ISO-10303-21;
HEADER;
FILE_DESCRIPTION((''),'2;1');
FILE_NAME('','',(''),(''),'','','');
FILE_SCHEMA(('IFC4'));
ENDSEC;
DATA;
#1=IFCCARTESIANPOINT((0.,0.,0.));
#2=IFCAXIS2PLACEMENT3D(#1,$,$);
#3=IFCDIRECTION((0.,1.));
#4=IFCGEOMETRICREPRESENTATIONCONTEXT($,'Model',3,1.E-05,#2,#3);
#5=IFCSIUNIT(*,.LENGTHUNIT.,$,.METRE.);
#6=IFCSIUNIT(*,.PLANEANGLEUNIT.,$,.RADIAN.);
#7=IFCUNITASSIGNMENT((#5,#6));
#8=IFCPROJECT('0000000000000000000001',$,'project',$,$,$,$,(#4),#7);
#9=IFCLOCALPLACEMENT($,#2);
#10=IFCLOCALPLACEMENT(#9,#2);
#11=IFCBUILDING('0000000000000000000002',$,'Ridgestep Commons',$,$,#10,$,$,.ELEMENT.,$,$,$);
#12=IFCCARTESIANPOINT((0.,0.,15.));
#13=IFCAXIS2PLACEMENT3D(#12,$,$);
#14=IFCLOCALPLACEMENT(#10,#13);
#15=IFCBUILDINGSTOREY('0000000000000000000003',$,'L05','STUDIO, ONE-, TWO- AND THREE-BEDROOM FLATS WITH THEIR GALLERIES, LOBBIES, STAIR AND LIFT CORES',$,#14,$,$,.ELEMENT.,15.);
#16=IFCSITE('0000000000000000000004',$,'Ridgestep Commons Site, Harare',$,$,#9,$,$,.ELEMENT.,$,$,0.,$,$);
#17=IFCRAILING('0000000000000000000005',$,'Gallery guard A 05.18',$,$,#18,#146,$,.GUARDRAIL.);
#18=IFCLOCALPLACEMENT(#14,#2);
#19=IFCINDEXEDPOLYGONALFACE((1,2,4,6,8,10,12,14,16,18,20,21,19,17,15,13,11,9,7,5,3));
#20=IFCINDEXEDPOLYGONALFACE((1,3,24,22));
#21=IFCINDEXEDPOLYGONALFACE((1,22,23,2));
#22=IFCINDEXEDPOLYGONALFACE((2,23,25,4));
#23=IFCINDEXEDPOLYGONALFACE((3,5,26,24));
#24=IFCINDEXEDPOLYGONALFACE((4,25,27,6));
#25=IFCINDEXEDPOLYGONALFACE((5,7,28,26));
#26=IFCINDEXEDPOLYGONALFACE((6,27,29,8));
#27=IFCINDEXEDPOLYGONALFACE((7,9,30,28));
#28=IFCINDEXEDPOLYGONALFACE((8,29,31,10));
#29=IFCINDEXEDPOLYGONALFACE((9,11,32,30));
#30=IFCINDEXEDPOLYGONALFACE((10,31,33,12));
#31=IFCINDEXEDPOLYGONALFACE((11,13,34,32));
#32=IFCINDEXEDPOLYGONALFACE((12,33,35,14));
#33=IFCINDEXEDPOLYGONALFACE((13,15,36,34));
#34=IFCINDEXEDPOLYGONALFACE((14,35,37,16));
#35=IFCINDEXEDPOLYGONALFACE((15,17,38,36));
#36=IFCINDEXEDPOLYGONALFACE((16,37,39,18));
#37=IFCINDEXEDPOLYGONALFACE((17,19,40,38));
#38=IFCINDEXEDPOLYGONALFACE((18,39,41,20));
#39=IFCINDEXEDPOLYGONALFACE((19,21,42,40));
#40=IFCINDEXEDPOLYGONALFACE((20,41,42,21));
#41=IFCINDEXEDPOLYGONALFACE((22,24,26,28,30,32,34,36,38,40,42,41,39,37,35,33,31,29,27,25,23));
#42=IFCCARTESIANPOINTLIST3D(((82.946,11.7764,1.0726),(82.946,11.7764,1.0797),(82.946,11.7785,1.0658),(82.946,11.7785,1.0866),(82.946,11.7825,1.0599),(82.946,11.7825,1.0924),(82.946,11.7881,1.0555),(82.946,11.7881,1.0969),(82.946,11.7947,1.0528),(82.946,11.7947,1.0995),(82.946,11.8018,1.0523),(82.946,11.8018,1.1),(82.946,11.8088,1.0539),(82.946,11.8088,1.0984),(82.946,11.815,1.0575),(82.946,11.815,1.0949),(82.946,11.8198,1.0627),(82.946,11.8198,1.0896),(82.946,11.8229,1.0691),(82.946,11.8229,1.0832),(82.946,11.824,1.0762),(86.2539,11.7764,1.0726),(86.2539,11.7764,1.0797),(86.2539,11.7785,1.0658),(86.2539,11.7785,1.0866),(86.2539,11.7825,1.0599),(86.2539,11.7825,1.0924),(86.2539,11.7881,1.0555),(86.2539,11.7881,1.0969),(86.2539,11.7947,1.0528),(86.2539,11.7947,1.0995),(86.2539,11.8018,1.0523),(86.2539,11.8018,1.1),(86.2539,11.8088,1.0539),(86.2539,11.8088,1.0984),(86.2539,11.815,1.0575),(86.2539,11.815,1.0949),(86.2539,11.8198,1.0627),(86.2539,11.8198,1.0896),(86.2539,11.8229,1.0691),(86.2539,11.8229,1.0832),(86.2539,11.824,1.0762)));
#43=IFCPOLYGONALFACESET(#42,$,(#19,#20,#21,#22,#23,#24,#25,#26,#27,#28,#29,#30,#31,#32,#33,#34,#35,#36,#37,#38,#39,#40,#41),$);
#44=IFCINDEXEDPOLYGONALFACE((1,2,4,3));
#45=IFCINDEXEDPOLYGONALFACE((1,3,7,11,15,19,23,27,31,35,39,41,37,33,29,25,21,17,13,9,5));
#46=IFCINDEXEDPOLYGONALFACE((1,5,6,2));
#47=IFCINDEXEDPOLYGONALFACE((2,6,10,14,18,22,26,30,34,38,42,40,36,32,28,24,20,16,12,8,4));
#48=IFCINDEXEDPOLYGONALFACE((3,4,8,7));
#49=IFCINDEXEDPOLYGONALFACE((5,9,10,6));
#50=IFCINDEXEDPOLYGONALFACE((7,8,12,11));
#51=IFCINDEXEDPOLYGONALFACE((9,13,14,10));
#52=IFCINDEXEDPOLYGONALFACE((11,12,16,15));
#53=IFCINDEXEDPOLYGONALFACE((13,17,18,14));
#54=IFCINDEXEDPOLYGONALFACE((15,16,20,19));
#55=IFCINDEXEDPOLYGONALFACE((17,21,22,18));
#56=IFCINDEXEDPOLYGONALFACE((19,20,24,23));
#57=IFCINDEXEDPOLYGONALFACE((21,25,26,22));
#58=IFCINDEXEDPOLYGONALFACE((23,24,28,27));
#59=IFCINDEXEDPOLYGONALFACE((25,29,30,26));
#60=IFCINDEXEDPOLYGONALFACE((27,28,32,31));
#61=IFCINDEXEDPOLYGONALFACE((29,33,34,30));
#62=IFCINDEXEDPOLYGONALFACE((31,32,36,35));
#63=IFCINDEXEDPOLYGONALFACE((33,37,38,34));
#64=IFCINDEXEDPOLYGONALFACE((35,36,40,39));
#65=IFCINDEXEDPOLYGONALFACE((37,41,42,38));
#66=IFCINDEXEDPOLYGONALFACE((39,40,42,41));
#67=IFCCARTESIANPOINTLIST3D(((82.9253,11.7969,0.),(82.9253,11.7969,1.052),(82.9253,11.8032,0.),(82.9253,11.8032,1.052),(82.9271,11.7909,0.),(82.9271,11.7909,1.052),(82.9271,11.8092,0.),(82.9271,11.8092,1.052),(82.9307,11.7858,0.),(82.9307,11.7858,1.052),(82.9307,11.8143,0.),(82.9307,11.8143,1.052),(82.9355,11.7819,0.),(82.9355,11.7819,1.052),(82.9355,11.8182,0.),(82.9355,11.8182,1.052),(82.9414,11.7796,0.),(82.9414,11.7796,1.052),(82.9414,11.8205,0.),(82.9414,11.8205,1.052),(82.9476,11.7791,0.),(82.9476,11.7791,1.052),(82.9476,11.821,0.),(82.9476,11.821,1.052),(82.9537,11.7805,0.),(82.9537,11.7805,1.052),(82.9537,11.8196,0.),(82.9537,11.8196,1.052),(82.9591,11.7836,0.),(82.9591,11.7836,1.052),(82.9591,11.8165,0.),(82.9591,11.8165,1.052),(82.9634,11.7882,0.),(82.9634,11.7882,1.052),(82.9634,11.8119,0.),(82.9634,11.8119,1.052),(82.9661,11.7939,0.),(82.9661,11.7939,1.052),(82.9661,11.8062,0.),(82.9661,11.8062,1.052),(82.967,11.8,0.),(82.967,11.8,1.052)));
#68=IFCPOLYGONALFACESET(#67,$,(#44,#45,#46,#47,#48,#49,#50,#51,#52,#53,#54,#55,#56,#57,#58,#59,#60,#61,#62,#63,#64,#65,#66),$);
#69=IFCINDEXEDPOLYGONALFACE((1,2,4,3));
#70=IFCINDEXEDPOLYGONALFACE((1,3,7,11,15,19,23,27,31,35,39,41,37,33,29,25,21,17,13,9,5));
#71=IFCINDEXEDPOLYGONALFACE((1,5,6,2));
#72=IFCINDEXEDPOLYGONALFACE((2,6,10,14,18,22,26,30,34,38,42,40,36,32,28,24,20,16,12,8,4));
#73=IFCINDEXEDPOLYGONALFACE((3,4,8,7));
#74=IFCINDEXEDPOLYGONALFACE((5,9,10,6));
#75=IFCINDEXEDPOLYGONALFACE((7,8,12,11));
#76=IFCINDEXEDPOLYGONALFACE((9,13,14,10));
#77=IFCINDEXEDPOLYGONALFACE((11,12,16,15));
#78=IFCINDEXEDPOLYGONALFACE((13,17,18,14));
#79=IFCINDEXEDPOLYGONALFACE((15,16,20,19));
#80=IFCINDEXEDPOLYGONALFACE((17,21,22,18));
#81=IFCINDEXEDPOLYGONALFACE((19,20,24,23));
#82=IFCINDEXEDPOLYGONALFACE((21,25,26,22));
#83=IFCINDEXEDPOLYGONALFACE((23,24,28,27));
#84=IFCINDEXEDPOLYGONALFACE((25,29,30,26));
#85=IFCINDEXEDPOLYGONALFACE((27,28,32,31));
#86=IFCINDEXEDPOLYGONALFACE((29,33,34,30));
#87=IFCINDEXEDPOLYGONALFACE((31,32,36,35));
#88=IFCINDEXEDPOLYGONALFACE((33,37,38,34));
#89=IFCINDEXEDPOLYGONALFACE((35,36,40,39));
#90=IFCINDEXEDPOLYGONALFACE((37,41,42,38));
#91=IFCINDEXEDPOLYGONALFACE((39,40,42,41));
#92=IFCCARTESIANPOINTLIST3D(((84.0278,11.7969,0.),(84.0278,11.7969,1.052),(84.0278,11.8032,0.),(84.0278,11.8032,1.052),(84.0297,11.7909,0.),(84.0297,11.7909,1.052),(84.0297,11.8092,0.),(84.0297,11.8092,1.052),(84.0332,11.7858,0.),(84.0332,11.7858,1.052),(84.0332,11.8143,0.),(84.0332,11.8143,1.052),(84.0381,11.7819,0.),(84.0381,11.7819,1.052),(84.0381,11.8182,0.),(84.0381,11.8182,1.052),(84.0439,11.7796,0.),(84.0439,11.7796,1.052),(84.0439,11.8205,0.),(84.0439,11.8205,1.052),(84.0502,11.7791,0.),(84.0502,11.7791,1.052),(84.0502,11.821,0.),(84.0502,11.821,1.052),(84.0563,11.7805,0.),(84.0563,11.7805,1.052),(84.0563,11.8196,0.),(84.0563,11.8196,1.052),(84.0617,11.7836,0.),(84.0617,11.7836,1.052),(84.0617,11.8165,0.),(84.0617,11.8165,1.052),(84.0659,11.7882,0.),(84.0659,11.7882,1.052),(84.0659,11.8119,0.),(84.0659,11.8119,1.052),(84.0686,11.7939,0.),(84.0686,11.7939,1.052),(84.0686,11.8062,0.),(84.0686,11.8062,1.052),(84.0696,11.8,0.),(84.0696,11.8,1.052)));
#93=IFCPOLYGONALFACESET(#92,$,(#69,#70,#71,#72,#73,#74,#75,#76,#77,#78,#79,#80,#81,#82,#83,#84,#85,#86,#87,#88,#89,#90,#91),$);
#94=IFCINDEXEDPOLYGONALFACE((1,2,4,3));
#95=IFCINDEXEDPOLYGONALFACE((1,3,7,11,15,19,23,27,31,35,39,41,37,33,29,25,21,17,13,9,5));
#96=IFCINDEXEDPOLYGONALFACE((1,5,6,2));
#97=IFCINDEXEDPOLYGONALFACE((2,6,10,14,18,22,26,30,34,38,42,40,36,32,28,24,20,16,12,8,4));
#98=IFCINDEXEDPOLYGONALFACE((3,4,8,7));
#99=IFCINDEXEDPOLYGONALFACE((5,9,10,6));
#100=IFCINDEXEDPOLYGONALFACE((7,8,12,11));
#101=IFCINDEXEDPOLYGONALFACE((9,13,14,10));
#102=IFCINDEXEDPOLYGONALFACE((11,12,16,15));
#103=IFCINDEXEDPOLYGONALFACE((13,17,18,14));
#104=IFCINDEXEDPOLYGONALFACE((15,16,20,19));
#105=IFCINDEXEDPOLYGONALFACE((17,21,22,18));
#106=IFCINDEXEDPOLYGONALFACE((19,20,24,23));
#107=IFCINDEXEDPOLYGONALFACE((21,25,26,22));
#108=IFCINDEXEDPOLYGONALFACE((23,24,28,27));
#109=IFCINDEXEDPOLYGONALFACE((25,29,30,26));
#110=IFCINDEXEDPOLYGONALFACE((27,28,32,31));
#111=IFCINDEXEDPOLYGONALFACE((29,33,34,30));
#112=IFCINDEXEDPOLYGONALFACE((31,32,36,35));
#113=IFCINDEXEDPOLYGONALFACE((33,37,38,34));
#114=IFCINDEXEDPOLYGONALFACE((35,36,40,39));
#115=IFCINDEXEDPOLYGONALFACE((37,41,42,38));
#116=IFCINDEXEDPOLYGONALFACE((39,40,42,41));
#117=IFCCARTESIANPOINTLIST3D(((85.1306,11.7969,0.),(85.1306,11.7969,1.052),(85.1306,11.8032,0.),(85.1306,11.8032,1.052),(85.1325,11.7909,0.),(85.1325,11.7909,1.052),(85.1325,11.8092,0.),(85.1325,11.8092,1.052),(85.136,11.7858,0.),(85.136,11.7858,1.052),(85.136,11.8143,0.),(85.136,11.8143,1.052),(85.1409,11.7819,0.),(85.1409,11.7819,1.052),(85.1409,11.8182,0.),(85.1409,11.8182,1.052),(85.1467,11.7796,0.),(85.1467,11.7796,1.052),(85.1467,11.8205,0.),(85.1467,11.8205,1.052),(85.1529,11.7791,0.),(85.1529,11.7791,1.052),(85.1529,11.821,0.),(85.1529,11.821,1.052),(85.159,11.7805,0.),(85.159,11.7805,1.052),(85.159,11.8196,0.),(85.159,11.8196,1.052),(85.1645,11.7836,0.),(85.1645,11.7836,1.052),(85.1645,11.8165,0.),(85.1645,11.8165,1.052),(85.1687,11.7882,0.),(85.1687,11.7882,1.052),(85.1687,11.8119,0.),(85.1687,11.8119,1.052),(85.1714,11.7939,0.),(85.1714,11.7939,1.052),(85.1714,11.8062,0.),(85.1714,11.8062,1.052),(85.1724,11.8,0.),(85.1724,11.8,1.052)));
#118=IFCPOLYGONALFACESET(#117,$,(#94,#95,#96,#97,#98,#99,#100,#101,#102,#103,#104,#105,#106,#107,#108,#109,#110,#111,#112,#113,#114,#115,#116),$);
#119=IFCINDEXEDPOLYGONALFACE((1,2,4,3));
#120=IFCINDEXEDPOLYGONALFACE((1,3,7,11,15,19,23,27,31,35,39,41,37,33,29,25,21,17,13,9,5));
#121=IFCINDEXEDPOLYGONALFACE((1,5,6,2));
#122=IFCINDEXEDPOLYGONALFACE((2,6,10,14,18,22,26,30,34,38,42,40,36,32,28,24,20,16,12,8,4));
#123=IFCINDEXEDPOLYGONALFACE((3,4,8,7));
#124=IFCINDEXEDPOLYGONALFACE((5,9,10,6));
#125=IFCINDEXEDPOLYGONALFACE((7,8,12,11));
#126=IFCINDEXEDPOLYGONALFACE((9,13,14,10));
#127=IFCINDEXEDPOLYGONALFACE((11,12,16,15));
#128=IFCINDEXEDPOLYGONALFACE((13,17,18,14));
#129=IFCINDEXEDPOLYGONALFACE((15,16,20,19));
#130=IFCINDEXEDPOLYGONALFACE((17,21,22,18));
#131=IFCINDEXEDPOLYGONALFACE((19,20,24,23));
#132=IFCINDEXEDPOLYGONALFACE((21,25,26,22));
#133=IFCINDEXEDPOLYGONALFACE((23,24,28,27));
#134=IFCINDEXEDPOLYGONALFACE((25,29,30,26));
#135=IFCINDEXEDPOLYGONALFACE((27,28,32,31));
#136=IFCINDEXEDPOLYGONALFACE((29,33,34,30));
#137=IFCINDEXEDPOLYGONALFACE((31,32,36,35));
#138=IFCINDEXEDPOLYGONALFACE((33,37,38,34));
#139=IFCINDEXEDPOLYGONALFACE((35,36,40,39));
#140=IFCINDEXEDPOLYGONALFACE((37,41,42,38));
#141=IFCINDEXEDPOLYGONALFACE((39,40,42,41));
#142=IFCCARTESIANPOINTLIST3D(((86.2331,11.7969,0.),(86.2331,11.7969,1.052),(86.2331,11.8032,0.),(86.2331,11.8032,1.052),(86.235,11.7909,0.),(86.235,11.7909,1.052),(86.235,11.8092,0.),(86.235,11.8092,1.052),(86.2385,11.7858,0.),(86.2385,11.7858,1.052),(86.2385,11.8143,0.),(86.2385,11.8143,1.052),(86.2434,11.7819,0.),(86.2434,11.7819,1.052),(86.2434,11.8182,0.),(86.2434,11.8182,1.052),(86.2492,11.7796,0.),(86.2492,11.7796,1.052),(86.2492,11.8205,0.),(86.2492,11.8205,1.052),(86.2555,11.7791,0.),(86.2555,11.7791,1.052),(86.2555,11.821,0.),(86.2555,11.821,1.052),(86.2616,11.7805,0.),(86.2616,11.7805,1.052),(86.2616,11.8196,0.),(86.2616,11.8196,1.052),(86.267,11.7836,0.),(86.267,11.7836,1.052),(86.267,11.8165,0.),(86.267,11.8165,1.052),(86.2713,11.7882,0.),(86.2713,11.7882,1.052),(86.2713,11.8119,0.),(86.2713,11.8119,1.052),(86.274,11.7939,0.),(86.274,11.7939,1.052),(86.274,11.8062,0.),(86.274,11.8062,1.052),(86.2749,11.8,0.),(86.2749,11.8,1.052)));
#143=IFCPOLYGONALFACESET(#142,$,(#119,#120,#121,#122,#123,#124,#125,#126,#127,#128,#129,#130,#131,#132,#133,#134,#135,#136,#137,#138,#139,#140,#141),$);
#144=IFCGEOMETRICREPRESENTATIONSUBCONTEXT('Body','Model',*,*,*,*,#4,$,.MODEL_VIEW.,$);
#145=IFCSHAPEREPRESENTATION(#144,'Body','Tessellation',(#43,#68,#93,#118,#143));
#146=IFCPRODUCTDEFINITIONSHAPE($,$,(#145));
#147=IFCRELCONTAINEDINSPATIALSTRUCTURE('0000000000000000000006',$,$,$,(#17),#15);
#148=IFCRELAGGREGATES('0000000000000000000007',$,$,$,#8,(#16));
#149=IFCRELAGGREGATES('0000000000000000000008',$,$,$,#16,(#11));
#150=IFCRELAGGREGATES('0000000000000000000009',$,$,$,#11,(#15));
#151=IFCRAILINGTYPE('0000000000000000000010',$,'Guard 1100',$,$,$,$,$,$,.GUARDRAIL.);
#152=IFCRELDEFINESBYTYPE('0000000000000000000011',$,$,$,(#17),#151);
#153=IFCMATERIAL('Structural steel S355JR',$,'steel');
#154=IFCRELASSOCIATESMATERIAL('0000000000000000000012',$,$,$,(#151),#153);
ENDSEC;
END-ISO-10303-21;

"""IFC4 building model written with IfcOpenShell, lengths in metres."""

from ifc_helpers import new_model, si_unit, direction, frame, origin, origin_2d, place, context, subcontext, project, spatial, circle, extrude, material, type_object, element, save


model = new_model("IFC4")

# Units and contexts
model_context = context("Model", 3, precision=1e-05, world=origin(), true_north=direction((0.0, 1.0)))
body_context = subcontext(model_context, "Body", "Model", "MODEL_VIEW")
ifc_project = project(units=[si_unit("LENGTHUNIT", "METRE"), si_unit("PLANEANGLEUNIT", "RADIAN")], contexts=[model_context])

# Site, building, storey
site_placement = place(None, origin())
site = spatial("IfcSite", under=ifc_project, at=site_placement, Name="Ridgestep Commons Site, Harare", CompositionType="ELEMENT", RefElevation=0.0)
building_placement = place(site_placement, origin())
building = spatial("IfcBuilding", under=site, at=building_placement, Name="Ridgestep Commons", CompositionType="ELEMENT")
storey_placement = place(building_placement, frame((0.0, 0.0, 15.0)))
storey = spatial("IfcBuildingStorey", under=building, at=storey_placement, Name="L05", Description="STUDIO, ONE-, TWO- AND THREE-BEDROOM FLATS WITH THEIR GALLERIES, LOBBIES, STAIR AND LIFT CORES", CompositionType="ELEMENT", Elevation=15.0)

# Railing
ifc_material_1 = material(Name="Structural steel S355JR", Category="steel")
railing_type = type_object("IfcRailingType", Name="Guard 1100", PredefinedType="GUARDRAIL", material=ifc_material_1)
railing_1_placement = place(storey_placement, frame((82.946, 11.8, 0.0)))
element("IfcRailing", 1, at=railing_1_placement, inside=storey, type_object=railing_type, Name="Gallery guard A 05.18", PredefinedType="GUARDRAIL", context=body_context, shape_type="SweptSolid", body=[
    extrude(circle(Radius=0.0239, at=origin_2d()), frame((0.0, 0.0, 1.0762), z_axis=(1.0, 0.0, 0.0), x_axis=(0.0, 1.0, 0.0)), (0.0, 0.0, 1.0), 3.3079),
    extrude(circle(Radius=0.021, at=origin_2d()), origin(), (0.0, 0.0, 1.0), 1.052),
    extrude(circle(Radius=0.021, at=origin_2d()), frame((1.1025, 0.0, 0.0)), (0.0, 0.0, 1.0), 1.052),
    extrude(circle(Radius=0.021, at=origin_2d()), frame((2.2053, 0.0, 0.0)), (0.0, 0.0, 1.0), 1.052),
    extrude(circle(Radius=0.021, at=origin_2d()), frame((3.3079, 0.0, 0.0)), (0.0, 0.0, 1.0), 1.052),
])

save(model, "model.ifc")
